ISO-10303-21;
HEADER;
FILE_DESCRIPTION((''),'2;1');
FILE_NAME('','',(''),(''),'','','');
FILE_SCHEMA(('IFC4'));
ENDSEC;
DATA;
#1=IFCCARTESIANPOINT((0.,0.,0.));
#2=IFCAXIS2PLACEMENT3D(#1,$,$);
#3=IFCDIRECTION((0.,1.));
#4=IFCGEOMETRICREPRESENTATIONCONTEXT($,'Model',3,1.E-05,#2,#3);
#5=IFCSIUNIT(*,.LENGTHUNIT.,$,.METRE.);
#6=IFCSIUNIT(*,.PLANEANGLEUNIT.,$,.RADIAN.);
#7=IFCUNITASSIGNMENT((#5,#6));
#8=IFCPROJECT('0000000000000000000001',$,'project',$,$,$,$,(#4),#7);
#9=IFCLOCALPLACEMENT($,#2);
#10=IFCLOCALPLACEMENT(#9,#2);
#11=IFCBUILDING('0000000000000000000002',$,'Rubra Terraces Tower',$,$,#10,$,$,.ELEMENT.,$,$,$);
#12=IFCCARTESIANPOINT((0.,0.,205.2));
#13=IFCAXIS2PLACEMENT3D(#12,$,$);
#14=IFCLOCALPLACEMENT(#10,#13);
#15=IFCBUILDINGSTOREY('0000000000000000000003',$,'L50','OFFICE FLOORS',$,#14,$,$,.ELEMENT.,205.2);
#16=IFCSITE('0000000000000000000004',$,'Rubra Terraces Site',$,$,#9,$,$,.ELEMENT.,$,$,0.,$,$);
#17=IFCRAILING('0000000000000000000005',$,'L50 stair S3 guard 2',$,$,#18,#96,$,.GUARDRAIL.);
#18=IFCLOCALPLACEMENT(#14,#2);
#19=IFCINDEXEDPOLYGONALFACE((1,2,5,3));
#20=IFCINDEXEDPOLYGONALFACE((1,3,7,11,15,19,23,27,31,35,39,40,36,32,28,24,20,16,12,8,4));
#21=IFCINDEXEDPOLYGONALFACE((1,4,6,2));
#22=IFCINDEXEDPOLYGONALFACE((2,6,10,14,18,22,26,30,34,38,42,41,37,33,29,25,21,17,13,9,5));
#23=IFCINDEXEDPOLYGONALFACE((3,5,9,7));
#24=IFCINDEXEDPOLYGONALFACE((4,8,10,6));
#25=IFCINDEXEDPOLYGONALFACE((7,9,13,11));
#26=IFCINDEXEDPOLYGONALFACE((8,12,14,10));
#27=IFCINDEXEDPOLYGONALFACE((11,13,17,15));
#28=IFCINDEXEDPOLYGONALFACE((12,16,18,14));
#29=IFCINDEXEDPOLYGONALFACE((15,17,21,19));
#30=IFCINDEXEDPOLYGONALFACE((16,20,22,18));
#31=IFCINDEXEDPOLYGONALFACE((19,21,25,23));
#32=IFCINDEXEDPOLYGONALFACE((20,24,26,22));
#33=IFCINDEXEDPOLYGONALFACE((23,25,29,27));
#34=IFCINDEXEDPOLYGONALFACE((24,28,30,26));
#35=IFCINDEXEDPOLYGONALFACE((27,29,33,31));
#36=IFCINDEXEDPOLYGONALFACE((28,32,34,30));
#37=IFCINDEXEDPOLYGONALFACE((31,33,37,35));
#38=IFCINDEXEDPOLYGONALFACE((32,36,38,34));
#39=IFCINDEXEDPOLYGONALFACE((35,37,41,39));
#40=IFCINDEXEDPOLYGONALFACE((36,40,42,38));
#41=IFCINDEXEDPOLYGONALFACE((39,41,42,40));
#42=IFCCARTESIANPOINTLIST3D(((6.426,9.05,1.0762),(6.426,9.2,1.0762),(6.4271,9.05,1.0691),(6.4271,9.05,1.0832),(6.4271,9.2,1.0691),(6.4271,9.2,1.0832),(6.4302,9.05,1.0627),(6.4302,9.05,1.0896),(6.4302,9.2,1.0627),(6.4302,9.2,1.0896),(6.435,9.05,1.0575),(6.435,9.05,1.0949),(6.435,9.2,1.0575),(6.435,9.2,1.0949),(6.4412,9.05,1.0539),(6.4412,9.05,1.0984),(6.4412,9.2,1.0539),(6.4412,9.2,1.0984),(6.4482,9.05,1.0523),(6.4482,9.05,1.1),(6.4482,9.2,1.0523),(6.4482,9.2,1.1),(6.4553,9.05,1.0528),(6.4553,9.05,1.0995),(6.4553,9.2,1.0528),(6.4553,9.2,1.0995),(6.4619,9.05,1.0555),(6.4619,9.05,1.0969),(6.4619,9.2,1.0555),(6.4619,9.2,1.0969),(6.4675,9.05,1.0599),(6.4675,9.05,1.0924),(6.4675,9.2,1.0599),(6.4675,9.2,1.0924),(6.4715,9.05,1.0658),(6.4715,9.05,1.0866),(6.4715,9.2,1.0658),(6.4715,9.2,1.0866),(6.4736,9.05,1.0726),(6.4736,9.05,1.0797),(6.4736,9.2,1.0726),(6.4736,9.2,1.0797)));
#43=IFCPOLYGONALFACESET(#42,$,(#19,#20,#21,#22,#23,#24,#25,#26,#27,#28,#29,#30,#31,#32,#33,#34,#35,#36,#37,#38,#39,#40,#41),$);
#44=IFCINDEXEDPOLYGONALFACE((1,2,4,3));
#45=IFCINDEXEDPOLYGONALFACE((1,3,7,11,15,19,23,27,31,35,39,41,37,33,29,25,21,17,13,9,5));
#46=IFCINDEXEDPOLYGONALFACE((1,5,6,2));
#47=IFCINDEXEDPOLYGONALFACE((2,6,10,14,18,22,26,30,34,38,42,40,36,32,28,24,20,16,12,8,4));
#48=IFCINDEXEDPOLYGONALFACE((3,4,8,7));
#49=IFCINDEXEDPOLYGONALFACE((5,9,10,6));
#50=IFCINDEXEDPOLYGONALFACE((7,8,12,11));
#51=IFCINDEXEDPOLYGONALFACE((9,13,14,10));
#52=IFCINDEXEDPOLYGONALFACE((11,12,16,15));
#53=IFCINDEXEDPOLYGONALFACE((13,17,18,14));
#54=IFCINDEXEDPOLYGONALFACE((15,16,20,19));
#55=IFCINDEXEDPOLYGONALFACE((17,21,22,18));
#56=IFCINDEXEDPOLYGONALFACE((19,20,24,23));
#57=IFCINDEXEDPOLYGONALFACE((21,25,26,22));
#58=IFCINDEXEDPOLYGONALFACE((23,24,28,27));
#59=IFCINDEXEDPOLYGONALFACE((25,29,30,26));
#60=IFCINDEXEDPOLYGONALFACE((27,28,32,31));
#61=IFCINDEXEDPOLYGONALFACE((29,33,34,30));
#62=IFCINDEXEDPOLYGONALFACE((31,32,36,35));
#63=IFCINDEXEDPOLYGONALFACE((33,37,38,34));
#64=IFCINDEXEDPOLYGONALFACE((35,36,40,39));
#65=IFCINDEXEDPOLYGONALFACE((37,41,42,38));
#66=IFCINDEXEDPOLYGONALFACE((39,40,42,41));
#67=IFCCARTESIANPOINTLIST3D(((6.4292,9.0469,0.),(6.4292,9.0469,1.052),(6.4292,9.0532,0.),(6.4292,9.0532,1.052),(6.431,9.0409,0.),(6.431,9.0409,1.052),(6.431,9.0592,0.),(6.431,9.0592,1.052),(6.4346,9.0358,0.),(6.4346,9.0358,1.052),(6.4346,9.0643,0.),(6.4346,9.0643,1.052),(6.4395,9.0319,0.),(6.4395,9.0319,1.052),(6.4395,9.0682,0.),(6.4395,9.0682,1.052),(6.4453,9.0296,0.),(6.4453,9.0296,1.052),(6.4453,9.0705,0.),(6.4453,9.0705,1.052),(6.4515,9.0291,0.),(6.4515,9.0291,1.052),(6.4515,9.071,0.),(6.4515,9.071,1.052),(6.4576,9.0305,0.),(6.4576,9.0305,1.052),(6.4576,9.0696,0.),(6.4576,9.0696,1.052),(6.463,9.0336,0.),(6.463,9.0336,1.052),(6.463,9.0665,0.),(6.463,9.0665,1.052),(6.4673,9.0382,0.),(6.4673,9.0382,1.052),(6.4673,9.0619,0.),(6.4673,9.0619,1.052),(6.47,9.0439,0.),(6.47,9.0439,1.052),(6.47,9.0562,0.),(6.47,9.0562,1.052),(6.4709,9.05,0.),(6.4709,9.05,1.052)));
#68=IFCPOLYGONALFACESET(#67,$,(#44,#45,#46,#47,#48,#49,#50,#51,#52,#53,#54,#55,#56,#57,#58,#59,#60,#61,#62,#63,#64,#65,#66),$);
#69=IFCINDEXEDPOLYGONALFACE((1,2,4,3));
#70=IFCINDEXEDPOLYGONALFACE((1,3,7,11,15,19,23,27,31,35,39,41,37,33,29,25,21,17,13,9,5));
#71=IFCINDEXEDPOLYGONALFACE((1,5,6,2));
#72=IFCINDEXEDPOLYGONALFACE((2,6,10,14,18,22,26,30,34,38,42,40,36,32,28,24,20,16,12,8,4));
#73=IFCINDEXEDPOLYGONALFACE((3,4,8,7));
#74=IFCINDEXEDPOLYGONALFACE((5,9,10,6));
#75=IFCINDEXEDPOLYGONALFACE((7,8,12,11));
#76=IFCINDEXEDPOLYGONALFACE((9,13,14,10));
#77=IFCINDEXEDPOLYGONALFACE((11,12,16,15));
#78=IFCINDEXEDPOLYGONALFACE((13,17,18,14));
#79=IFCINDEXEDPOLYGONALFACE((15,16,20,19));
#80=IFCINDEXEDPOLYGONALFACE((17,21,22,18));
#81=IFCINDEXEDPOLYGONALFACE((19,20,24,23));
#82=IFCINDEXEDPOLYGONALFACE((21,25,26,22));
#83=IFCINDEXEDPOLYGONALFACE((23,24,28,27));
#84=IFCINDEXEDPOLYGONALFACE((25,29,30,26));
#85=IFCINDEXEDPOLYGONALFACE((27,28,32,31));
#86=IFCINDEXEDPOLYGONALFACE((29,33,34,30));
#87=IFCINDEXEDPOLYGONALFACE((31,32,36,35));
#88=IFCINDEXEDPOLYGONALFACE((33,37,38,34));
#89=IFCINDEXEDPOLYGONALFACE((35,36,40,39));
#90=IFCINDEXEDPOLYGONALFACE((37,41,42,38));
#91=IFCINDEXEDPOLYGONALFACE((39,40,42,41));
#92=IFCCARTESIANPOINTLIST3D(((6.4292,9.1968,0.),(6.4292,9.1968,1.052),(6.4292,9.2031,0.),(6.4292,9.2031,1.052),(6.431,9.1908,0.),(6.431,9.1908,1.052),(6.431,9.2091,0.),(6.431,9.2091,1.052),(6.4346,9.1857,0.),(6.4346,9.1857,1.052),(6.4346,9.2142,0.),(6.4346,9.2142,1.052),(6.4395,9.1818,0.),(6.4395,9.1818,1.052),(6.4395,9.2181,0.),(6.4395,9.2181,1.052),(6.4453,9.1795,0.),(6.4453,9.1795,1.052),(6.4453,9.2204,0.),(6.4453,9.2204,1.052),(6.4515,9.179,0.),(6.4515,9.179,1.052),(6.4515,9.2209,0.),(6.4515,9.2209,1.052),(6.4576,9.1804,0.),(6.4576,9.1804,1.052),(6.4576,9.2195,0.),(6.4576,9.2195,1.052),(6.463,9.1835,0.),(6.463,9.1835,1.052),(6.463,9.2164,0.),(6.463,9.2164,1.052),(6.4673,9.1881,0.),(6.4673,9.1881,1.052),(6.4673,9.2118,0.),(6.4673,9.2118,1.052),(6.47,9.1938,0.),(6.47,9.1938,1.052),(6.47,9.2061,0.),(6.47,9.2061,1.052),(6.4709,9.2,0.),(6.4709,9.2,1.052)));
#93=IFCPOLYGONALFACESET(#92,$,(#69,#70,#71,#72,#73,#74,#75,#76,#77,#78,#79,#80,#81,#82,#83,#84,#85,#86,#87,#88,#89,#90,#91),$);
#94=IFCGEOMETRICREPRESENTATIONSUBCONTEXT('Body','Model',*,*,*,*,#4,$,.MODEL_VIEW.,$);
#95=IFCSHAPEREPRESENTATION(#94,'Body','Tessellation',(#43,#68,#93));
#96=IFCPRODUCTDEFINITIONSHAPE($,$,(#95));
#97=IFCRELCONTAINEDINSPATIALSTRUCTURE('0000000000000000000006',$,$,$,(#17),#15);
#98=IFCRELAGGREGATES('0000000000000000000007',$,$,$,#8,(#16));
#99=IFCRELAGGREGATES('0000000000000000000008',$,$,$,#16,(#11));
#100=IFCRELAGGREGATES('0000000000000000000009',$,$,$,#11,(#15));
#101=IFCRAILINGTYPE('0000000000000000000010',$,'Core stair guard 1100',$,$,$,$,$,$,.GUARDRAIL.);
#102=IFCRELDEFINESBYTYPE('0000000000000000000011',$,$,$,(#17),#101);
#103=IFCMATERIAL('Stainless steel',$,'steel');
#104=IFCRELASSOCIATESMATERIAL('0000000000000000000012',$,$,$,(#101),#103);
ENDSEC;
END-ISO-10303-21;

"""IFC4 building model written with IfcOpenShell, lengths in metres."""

from ifc_helpers import new_model, si_unit, direction, frame, origin, origin_2d, place, context, subcontext, project, spatial, circle, extrude, material, type_object, element, save


model = new_model("IFC4")

# Units and contexts
model_context = context("Model", 3, precision=1e-05, world=origin(), true_north=direction((0.0, 1.0)))
body_context = subcontext(model_context, "Body", "Model", "MODEL_VIEW")
ifc_project = project(units=[si_unit("LENGTHUNIT", "METRE"), si_unit("PLANEANGLEUNIT", "RADIAN")], contexts=[model_context])

# Site, building, storey
site_placement = place(None, origin())
site = spatial("IfcSite", under=ifc_project, at=site_placement, Name="Rubra Terraces Site", CompositionType="ELEMENT", RefElevation=0.0)
building_placement = place(site_placement, origin())
building = spatial("IfcBuilding", under=site, at=building_placement, Name="Rubra Terraces Tower", CompositionType="ELEMENT")
storey_placement = place(building_placement, frame((0.0, 0.0, 205.2)))
storey = spatial("IfcBuildingStorey", under=building, at=storey_placement, Name="L50", Description="OFFICE FLOORS", CompositionType="ELEMENT", Elevation=205.2)

# Shared definitions
ifc_material_1 = material(Name="Stainless steel", Category="steel")

# Railing
railing_type_1 = type_object("IfcRailingType", Name="Core stair guard 1100", PredefinedType="GUARDRAIL", material=ifc_material_1)
railing_1_placement = place(storey_placement, frame((6.45, 9.05, 0.0)))
element("IfcRailing", 1, at=railing_1_placement, inside=storey, type_object=railing_type_1, Name="L50 stair S3 guard 2", PredefinedType="GUARDRAIL", context=body_context, shape_type="SweptSolid", body=[
    extrude(circle(Radius=0.0239, at=origin_2d()), frame((0.0, 0.0, 1.0762), z_axis=(0.0, 1.0, 0.0), x_axis=(-1.0, 0.0, 0.0)), (0.0, 0.0, 1.0), 0.1499),
    extrude(circle(Radius=0.021, at=origin_2d()), origin(), (0.0, 0.0, 1.0), 1.052),
    extrude(circle(Radius=0.021, at=origin_2d()), frame((0.0, 0.1499, 0.0)), (0.0, 0.0, 1.0), 1.052),
])

save(model, "model.ifc")
